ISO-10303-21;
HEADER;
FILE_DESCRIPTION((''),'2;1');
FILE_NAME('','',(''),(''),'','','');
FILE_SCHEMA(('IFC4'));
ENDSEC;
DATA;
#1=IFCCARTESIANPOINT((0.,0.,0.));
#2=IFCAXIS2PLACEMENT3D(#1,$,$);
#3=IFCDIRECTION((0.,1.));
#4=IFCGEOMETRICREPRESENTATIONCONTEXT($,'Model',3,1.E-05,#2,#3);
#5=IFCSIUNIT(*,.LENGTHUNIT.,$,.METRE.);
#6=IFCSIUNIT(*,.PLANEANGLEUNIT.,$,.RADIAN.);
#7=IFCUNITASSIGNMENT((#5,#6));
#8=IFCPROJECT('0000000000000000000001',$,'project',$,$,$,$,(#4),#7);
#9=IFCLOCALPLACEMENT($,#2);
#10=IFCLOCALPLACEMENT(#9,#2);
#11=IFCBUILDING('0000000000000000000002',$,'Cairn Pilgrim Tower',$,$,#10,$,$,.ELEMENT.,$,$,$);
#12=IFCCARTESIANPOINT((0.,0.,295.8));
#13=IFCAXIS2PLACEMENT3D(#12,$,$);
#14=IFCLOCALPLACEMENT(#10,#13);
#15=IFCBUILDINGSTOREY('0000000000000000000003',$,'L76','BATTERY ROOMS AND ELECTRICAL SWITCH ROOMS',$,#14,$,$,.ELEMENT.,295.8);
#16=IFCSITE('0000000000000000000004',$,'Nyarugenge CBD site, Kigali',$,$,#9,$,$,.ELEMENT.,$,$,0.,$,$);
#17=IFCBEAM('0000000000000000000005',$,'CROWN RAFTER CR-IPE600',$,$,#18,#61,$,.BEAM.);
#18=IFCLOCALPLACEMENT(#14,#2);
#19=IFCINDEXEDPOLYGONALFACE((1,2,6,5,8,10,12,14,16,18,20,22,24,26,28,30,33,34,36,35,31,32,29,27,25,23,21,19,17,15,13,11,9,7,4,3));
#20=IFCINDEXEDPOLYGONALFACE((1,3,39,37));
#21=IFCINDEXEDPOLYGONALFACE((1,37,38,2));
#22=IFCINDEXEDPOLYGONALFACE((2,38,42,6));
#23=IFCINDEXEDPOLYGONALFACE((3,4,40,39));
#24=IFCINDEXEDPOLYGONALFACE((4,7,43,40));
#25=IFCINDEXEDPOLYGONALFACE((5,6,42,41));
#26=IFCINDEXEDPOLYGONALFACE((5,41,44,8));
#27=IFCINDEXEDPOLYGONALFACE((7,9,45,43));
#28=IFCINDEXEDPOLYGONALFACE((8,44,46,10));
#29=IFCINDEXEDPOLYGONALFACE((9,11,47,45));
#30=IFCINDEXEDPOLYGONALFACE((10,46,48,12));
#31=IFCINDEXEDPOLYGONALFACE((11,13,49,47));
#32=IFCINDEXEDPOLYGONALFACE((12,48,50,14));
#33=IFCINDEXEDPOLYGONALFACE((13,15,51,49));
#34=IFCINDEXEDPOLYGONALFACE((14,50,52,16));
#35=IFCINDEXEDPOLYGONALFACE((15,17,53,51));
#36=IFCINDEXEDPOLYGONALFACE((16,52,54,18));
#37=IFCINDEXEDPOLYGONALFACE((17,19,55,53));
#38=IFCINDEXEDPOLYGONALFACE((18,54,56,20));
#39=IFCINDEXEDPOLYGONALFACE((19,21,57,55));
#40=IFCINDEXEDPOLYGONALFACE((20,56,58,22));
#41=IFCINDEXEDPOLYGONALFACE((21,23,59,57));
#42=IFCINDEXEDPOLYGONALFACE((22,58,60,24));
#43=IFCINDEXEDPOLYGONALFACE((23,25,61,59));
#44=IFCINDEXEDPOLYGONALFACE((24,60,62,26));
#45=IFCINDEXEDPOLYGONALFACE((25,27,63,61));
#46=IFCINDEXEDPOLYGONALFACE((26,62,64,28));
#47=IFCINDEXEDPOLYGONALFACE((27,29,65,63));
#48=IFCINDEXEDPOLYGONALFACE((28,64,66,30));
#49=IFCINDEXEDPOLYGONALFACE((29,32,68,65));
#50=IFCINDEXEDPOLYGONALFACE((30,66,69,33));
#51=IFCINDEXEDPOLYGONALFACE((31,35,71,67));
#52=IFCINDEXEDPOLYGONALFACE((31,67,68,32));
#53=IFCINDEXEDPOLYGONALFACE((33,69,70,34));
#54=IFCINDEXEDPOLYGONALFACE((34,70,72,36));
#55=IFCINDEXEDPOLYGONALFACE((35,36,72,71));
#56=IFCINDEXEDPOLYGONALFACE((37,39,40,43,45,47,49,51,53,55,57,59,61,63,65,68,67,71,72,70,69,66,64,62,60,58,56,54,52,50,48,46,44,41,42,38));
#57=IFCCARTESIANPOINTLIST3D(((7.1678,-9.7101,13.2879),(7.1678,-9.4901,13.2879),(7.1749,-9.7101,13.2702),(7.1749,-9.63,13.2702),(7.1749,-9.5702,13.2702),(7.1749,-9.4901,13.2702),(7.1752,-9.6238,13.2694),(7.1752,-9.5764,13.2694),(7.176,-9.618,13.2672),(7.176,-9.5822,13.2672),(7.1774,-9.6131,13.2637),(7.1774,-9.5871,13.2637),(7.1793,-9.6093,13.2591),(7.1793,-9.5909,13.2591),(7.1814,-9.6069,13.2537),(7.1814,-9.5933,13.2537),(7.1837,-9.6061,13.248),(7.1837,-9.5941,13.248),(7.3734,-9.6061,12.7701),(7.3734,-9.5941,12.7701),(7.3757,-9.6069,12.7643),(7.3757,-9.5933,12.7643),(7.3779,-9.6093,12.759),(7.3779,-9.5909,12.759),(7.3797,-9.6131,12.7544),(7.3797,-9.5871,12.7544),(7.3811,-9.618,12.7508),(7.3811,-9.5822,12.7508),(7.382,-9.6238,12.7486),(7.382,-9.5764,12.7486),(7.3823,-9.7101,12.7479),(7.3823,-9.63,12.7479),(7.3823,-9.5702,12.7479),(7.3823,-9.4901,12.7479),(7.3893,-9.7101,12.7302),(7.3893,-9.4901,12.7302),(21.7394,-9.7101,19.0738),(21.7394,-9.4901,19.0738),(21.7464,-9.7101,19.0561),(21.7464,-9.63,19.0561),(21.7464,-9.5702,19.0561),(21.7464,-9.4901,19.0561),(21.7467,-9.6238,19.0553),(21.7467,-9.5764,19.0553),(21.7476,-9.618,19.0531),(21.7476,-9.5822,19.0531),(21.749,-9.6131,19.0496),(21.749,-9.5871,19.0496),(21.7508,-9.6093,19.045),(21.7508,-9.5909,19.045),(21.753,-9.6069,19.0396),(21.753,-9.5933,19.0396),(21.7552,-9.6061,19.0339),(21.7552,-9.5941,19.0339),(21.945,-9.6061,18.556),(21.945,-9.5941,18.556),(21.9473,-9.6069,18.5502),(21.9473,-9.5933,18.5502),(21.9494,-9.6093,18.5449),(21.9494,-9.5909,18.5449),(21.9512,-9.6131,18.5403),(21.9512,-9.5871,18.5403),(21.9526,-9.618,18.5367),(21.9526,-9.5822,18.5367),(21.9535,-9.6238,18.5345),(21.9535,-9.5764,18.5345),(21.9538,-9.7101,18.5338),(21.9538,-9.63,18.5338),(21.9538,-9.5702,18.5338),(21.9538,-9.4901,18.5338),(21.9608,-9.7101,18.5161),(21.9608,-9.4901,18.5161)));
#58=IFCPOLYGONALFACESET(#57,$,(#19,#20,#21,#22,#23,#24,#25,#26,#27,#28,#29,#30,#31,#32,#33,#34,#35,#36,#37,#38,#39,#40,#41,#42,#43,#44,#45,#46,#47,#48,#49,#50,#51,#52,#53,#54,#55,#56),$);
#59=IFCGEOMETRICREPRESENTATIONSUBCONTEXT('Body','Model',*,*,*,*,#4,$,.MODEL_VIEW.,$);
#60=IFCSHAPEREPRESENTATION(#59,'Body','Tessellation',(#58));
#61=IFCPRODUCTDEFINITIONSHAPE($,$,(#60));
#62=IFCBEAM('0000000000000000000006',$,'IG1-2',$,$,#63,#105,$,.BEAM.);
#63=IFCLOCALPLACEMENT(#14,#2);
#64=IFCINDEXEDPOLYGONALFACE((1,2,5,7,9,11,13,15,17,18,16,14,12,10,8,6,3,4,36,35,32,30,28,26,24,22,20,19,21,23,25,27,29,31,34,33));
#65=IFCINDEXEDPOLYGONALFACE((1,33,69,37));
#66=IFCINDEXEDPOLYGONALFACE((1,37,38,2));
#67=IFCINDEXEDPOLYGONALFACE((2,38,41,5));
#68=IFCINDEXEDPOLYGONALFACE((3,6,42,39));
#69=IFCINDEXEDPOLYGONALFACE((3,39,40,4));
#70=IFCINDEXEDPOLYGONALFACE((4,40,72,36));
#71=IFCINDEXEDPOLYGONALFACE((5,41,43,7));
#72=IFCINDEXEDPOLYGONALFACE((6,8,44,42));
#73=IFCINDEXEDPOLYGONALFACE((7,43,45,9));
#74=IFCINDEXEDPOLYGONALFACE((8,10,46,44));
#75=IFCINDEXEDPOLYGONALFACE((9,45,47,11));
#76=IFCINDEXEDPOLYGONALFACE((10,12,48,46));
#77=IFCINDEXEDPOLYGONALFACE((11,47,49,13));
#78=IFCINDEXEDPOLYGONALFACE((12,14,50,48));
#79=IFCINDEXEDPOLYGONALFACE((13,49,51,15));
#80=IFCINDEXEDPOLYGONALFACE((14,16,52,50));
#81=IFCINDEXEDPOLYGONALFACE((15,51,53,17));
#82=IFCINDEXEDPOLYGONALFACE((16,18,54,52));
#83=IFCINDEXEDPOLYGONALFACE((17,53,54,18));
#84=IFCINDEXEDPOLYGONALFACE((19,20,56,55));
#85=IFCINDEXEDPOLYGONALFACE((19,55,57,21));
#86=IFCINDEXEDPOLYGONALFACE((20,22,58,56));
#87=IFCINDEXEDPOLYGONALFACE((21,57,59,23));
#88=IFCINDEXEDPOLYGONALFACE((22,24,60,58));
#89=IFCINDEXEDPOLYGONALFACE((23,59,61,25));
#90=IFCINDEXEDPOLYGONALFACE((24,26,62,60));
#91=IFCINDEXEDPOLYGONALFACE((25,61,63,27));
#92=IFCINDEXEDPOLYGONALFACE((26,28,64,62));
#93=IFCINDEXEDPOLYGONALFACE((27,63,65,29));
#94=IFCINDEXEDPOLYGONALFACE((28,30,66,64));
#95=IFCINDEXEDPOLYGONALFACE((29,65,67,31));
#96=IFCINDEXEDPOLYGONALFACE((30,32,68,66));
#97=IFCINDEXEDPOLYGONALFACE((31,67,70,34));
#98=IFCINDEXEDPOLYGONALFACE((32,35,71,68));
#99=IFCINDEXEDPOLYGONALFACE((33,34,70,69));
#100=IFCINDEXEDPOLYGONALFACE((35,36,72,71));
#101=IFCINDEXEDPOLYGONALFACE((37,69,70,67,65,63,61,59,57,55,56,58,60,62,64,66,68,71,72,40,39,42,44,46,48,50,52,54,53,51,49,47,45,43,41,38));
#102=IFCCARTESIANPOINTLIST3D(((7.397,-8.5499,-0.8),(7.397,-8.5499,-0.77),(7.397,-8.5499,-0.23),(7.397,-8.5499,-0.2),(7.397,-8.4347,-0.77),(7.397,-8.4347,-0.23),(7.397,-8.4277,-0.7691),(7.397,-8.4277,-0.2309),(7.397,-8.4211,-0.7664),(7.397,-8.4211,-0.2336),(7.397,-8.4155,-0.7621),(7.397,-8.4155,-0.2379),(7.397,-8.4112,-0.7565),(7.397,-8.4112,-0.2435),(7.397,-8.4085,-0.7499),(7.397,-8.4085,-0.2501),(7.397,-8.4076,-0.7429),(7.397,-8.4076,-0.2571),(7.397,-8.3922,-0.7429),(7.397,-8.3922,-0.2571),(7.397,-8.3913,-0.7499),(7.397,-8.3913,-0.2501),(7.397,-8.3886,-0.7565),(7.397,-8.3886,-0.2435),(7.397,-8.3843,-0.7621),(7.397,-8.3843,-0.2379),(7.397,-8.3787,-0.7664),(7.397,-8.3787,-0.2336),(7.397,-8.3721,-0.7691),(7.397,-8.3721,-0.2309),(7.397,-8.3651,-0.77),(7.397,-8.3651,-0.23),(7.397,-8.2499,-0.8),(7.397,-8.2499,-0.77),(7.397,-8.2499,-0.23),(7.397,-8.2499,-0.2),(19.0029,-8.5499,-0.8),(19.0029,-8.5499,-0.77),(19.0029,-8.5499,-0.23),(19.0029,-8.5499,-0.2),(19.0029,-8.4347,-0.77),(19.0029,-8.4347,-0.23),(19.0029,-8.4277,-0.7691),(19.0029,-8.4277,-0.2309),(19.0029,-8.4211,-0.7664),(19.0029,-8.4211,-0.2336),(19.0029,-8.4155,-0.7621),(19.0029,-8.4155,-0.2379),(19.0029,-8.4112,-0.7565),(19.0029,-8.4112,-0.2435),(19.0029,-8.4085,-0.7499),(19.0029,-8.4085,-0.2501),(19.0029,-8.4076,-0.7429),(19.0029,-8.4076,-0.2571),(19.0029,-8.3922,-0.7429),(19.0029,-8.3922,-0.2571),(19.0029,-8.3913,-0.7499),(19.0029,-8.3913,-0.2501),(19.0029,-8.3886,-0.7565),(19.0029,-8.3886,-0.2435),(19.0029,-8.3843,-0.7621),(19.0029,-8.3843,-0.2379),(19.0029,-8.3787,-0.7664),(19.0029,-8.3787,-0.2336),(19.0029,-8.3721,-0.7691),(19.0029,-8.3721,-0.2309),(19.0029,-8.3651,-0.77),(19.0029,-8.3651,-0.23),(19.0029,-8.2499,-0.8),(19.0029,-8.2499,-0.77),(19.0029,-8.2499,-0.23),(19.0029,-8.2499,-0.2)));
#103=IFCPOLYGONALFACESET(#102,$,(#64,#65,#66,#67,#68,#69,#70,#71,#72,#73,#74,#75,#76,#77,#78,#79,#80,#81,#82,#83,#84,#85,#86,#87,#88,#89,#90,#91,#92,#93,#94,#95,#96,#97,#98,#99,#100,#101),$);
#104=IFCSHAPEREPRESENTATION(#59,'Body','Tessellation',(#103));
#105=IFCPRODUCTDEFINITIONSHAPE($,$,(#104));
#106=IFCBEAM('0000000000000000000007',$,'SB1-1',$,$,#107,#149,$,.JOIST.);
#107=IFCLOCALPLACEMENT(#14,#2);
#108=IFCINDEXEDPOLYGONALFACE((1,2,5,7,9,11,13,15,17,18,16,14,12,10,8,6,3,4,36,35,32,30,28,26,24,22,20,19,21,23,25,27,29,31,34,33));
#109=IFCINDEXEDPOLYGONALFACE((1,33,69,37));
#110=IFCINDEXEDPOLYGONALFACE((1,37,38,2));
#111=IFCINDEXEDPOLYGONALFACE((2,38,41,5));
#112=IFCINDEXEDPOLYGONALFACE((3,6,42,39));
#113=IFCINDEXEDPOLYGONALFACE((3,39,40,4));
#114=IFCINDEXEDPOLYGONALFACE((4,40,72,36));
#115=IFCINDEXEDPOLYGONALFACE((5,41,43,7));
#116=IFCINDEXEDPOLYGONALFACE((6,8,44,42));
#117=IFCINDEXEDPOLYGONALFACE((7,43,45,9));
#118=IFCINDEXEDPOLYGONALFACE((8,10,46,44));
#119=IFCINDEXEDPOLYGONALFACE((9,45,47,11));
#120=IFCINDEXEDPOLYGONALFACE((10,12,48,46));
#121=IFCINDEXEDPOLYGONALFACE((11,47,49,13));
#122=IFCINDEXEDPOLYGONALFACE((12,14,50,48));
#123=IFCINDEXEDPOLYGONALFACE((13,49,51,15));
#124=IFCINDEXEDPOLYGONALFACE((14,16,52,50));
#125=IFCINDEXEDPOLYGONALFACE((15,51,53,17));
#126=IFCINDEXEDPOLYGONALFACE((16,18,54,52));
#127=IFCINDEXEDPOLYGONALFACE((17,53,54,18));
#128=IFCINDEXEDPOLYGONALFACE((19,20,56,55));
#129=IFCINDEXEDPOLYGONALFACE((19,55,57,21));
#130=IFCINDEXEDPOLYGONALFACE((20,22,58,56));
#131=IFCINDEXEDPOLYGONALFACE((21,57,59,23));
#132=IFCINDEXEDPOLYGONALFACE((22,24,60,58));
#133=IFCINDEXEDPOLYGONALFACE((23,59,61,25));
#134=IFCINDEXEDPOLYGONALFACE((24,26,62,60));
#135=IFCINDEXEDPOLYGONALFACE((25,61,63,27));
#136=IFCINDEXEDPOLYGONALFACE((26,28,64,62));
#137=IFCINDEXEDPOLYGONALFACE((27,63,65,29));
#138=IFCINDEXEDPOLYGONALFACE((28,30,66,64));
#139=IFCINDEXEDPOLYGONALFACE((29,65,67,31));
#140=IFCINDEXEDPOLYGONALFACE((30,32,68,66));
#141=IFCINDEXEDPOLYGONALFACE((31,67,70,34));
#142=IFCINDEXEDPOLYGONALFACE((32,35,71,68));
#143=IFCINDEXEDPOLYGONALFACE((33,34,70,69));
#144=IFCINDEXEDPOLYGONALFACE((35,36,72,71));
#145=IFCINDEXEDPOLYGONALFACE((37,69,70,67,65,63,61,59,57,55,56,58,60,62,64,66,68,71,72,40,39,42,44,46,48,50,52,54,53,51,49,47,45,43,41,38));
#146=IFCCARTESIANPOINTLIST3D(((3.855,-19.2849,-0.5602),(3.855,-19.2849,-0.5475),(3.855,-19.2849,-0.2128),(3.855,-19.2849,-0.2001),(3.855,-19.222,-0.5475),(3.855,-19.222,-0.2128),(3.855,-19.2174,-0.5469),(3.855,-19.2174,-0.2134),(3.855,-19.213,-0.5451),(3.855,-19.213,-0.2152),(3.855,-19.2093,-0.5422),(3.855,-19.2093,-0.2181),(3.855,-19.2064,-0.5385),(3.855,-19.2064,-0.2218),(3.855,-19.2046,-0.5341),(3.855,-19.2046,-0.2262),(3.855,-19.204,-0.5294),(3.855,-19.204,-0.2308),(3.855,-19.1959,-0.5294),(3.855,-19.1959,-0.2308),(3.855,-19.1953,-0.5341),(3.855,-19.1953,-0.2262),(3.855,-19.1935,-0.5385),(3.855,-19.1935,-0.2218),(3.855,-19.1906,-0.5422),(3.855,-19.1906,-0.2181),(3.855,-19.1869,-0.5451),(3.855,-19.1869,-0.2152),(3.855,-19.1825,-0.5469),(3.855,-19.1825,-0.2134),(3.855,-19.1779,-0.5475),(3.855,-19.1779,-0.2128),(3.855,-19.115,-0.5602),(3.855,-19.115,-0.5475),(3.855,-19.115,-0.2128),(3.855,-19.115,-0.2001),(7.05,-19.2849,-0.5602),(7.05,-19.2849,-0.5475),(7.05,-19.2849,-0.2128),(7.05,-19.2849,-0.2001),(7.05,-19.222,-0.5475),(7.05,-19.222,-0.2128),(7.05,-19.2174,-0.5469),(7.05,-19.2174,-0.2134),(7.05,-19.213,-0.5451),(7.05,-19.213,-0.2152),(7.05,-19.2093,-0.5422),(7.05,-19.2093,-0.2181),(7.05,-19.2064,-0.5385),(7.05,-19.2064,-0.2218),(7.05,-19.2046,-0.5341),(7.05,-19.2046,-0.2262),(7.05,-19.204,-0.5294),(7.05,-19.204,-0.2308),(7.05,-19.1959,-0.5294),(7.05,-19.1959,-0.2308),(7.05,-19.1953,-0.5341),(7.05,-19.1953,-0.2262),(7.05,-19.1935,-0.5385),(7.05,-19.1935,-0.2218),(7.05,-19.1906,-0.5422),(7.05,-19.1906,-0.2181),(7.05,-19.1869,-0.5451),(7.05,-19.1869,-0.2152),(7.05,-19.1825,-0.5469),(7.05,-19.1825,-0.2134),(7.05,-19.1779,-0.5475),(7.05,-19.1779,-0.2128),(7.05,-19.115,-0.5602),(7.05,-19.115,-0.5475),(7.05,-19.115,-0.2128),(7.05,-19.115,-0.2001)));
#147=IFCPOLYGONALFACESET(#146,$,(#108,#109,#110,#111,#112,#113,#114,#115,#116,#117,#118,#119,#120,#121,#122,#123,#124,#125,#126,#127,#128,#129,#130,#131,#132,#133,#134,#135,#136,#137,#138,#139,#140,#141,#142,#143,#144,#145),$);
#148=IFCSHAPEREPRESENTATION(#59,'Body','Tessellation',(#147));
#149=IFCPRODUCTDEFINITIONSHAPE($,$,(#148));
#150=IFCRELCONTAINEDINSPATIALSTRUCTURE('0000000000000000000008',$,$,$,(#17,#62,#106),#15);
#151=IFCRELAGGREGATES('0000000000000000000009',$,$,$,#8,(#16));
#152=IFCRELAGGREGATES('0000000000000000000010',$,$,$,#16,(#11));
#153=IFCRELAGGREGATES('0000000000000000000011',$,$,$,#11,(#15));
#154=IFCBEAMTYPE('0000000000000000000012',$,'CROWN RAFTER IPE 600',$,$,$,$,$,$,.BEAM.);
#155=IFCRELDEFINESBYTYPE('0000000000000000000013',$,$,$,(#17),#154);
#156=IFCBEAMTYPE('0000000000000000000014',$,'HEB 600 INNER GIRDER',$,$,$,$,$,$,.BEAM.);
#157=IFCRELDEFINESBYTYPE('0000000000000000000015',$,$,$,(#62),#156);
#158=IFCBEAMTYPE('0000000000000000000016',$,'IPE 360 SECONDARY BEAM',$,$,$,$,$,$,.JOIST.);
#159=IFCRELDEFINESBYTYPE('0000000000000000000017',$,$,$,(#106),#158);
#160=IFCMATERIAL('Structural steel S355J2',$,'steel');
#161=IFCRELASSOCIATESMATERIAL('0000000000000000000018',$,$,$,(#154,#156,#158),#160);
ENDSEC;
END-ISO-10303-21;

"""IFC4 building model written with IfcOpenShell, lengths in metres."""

from ifc_helpers import new_model, si_unit, direction, frame, origin, origin_2d, place, context, subcontext, project, spatial, i_section, extrude, material, material_profile, profile_set, type_object, element, save


model = new_model("IFC4")

# Units and contexts
model_context = context("Model", 3, precision=1e-05, world=origin(), true_north=direction((0.0, 1.0)))
body_context = subcontext(model_context, "Body", "Model", "MODEL_VIEW")
ifc_project = project(units=[si_unit("LENGTHUNIT", "METRE"), si_unit("PLANEANGLEUNIT", "RADIAN")], contexts=[model_context])

# Site, building, storey
site_placement = place(None, origin())
site = spatial("IfcSite", under=ifc_project, at=site_placement, Name="Nyarugenge CBD site, Kigali", CompositionType="ELEMENT", RefElevation=0.0)
building_placement = place(site_placement, origin())
building = spatial("IfcBuilding", under=site, at=building_placement, Name="Cairn Pilgrim Tower", CompositionType="ELEMENT")
storey_placement = place(building_placement, frame((0.0, 0.0, 295.8)))
storey = spatial("IfcBuildingStorey", under=building, at=storey_placement, Name="L76", Description="BATTERY ROOMS AND ELECTRICAL SWITCH ROOMS", CompositionType="ELEMENT", Elevation=295.8)

# Shared definitions
ifc_material_1 = material(Name="Structural steel S355J2", Category="steel")

# Beams
ifc_material_profile_1 = material_profile(ifc_material_1, i_section(OverallWidth=0.22, OverallDepth=0.6001, WebThickness=0.012, FlangeThickness=0.019, FilletRadius=0.0239, at=origin_2d()), Name="IPE 600")
ifc_profile_set_1 = profile_set([ifc_material_profile_1], Name="Structural steel S355J2")
beam_type_1 = type_object("IfcBeamType", Name="CROWN RAFTER IPE 600", PredefinedType="BEAM", material=ifc_profile_set_1)
beam_1_placement = place(storey_placement, frame((7.2786, -9.6001, 13.009), z_axis=(0.929413, 0.0, 0.36904), x_axis=(0.0, 1.0, 0.0)))
element("IfcBeam", 1, at=beam_1_placement, inside=storey, type_object=beam_type_1, Name="CROWN RAFTER CR-IPE600", PredefinedType="BEAM", context=body_context, shape_type="SweptSolid", body=[
    extrude(i_section(OverallWidth=0.22, OverallDepth=0.6001, WebThickness=0.012, FlangeThickness=0.019, FilletRadius=0.0239, at=origin_2d()), origin(), (0.0, 0.0, 1.0), 15.6782),
])
ifc_material_profile_2 = material_profile(ifc_material_1, i_section(OverallWidth=0.3, OverallDepth=0.6001, WebThickness=0.0154, FlangeThickness=0.03, FilletRadius=0.0271, at=origin_2d()), Name="HEB 600")
ifc_profile_set_2 = profile_set([ifc_material_profile_2], Name="Structural steel S355J2")
beam_type_2 = type_object("IfcBeamType", Name="HEB 600 INNER GIRDER", PredefinedType="BEAM", material=ifc_profile_set_2)
beam_2_placement = place(storey_placement, frame((7.397, -8.3999, -0.5), z_axis=(1.0, 0.0, 0.0), x_axis=(0.0, 1.0, 0.0)))
element("IfcBeam", 2, at=beam_2_placement, inside=storey, type_object=beam_type_2, Name="IG1-2", PredefinedType="BEAM", context=body_context, shape_type="SweptSolid", body=[
    extrude(i_section(OverallWidth=0.3, OverallDepth=0.6001, WebThickness=0.0154, FlangeThickness=0.03, FilletRadius=0.0271, at=origin_2d()), origin(), (0.0, 0.0, 1.0), 11.606),
])
ifc_material_profile_3 = material_profile(ifc_material_1, i_section(OverallWidth=0.1699, OverallDepth=0.3601, WebThickness=0.0081, FlangeThickness=0.0127, FilletRadius=0.0181, at=origin_2d()), Name="IPE 360")
ifc_profile_set_3 = profile_set([ifc_material_profile_3], Name="Structural steel S355J2")
beam_type_3 = type_object("IfcBeamType", Name="IPE 360 SECONDARY BEAM", PredefinedType="JOIST", material=ifc_profile_set_3)
beam_3_placement = place(storey_placement, frame((3.855, -19.2, -0.3801), z_axis=(1.0, 0.0, 0.0), x_axis=(0.0, 1.0, 0.0)))
element("IfcBeam", 3, at=beam_3_placement, inside=storey, type_object=beam_type_3, Name="SB1-1", PredefinedType="JOIST", context=body_context, shape_type="SweptSolid", body=[
    extrude(i_section(OverallWidth=0.1699, OverallDepth=0.3601, WebThickness=0.0081, FlangeThickness=0.0127, FilletRadius=0.0181, at=origin_2d()), origin(), (0.0, 0.0, 1.0), 3.1951),
])

save(model, "model.ifc")
